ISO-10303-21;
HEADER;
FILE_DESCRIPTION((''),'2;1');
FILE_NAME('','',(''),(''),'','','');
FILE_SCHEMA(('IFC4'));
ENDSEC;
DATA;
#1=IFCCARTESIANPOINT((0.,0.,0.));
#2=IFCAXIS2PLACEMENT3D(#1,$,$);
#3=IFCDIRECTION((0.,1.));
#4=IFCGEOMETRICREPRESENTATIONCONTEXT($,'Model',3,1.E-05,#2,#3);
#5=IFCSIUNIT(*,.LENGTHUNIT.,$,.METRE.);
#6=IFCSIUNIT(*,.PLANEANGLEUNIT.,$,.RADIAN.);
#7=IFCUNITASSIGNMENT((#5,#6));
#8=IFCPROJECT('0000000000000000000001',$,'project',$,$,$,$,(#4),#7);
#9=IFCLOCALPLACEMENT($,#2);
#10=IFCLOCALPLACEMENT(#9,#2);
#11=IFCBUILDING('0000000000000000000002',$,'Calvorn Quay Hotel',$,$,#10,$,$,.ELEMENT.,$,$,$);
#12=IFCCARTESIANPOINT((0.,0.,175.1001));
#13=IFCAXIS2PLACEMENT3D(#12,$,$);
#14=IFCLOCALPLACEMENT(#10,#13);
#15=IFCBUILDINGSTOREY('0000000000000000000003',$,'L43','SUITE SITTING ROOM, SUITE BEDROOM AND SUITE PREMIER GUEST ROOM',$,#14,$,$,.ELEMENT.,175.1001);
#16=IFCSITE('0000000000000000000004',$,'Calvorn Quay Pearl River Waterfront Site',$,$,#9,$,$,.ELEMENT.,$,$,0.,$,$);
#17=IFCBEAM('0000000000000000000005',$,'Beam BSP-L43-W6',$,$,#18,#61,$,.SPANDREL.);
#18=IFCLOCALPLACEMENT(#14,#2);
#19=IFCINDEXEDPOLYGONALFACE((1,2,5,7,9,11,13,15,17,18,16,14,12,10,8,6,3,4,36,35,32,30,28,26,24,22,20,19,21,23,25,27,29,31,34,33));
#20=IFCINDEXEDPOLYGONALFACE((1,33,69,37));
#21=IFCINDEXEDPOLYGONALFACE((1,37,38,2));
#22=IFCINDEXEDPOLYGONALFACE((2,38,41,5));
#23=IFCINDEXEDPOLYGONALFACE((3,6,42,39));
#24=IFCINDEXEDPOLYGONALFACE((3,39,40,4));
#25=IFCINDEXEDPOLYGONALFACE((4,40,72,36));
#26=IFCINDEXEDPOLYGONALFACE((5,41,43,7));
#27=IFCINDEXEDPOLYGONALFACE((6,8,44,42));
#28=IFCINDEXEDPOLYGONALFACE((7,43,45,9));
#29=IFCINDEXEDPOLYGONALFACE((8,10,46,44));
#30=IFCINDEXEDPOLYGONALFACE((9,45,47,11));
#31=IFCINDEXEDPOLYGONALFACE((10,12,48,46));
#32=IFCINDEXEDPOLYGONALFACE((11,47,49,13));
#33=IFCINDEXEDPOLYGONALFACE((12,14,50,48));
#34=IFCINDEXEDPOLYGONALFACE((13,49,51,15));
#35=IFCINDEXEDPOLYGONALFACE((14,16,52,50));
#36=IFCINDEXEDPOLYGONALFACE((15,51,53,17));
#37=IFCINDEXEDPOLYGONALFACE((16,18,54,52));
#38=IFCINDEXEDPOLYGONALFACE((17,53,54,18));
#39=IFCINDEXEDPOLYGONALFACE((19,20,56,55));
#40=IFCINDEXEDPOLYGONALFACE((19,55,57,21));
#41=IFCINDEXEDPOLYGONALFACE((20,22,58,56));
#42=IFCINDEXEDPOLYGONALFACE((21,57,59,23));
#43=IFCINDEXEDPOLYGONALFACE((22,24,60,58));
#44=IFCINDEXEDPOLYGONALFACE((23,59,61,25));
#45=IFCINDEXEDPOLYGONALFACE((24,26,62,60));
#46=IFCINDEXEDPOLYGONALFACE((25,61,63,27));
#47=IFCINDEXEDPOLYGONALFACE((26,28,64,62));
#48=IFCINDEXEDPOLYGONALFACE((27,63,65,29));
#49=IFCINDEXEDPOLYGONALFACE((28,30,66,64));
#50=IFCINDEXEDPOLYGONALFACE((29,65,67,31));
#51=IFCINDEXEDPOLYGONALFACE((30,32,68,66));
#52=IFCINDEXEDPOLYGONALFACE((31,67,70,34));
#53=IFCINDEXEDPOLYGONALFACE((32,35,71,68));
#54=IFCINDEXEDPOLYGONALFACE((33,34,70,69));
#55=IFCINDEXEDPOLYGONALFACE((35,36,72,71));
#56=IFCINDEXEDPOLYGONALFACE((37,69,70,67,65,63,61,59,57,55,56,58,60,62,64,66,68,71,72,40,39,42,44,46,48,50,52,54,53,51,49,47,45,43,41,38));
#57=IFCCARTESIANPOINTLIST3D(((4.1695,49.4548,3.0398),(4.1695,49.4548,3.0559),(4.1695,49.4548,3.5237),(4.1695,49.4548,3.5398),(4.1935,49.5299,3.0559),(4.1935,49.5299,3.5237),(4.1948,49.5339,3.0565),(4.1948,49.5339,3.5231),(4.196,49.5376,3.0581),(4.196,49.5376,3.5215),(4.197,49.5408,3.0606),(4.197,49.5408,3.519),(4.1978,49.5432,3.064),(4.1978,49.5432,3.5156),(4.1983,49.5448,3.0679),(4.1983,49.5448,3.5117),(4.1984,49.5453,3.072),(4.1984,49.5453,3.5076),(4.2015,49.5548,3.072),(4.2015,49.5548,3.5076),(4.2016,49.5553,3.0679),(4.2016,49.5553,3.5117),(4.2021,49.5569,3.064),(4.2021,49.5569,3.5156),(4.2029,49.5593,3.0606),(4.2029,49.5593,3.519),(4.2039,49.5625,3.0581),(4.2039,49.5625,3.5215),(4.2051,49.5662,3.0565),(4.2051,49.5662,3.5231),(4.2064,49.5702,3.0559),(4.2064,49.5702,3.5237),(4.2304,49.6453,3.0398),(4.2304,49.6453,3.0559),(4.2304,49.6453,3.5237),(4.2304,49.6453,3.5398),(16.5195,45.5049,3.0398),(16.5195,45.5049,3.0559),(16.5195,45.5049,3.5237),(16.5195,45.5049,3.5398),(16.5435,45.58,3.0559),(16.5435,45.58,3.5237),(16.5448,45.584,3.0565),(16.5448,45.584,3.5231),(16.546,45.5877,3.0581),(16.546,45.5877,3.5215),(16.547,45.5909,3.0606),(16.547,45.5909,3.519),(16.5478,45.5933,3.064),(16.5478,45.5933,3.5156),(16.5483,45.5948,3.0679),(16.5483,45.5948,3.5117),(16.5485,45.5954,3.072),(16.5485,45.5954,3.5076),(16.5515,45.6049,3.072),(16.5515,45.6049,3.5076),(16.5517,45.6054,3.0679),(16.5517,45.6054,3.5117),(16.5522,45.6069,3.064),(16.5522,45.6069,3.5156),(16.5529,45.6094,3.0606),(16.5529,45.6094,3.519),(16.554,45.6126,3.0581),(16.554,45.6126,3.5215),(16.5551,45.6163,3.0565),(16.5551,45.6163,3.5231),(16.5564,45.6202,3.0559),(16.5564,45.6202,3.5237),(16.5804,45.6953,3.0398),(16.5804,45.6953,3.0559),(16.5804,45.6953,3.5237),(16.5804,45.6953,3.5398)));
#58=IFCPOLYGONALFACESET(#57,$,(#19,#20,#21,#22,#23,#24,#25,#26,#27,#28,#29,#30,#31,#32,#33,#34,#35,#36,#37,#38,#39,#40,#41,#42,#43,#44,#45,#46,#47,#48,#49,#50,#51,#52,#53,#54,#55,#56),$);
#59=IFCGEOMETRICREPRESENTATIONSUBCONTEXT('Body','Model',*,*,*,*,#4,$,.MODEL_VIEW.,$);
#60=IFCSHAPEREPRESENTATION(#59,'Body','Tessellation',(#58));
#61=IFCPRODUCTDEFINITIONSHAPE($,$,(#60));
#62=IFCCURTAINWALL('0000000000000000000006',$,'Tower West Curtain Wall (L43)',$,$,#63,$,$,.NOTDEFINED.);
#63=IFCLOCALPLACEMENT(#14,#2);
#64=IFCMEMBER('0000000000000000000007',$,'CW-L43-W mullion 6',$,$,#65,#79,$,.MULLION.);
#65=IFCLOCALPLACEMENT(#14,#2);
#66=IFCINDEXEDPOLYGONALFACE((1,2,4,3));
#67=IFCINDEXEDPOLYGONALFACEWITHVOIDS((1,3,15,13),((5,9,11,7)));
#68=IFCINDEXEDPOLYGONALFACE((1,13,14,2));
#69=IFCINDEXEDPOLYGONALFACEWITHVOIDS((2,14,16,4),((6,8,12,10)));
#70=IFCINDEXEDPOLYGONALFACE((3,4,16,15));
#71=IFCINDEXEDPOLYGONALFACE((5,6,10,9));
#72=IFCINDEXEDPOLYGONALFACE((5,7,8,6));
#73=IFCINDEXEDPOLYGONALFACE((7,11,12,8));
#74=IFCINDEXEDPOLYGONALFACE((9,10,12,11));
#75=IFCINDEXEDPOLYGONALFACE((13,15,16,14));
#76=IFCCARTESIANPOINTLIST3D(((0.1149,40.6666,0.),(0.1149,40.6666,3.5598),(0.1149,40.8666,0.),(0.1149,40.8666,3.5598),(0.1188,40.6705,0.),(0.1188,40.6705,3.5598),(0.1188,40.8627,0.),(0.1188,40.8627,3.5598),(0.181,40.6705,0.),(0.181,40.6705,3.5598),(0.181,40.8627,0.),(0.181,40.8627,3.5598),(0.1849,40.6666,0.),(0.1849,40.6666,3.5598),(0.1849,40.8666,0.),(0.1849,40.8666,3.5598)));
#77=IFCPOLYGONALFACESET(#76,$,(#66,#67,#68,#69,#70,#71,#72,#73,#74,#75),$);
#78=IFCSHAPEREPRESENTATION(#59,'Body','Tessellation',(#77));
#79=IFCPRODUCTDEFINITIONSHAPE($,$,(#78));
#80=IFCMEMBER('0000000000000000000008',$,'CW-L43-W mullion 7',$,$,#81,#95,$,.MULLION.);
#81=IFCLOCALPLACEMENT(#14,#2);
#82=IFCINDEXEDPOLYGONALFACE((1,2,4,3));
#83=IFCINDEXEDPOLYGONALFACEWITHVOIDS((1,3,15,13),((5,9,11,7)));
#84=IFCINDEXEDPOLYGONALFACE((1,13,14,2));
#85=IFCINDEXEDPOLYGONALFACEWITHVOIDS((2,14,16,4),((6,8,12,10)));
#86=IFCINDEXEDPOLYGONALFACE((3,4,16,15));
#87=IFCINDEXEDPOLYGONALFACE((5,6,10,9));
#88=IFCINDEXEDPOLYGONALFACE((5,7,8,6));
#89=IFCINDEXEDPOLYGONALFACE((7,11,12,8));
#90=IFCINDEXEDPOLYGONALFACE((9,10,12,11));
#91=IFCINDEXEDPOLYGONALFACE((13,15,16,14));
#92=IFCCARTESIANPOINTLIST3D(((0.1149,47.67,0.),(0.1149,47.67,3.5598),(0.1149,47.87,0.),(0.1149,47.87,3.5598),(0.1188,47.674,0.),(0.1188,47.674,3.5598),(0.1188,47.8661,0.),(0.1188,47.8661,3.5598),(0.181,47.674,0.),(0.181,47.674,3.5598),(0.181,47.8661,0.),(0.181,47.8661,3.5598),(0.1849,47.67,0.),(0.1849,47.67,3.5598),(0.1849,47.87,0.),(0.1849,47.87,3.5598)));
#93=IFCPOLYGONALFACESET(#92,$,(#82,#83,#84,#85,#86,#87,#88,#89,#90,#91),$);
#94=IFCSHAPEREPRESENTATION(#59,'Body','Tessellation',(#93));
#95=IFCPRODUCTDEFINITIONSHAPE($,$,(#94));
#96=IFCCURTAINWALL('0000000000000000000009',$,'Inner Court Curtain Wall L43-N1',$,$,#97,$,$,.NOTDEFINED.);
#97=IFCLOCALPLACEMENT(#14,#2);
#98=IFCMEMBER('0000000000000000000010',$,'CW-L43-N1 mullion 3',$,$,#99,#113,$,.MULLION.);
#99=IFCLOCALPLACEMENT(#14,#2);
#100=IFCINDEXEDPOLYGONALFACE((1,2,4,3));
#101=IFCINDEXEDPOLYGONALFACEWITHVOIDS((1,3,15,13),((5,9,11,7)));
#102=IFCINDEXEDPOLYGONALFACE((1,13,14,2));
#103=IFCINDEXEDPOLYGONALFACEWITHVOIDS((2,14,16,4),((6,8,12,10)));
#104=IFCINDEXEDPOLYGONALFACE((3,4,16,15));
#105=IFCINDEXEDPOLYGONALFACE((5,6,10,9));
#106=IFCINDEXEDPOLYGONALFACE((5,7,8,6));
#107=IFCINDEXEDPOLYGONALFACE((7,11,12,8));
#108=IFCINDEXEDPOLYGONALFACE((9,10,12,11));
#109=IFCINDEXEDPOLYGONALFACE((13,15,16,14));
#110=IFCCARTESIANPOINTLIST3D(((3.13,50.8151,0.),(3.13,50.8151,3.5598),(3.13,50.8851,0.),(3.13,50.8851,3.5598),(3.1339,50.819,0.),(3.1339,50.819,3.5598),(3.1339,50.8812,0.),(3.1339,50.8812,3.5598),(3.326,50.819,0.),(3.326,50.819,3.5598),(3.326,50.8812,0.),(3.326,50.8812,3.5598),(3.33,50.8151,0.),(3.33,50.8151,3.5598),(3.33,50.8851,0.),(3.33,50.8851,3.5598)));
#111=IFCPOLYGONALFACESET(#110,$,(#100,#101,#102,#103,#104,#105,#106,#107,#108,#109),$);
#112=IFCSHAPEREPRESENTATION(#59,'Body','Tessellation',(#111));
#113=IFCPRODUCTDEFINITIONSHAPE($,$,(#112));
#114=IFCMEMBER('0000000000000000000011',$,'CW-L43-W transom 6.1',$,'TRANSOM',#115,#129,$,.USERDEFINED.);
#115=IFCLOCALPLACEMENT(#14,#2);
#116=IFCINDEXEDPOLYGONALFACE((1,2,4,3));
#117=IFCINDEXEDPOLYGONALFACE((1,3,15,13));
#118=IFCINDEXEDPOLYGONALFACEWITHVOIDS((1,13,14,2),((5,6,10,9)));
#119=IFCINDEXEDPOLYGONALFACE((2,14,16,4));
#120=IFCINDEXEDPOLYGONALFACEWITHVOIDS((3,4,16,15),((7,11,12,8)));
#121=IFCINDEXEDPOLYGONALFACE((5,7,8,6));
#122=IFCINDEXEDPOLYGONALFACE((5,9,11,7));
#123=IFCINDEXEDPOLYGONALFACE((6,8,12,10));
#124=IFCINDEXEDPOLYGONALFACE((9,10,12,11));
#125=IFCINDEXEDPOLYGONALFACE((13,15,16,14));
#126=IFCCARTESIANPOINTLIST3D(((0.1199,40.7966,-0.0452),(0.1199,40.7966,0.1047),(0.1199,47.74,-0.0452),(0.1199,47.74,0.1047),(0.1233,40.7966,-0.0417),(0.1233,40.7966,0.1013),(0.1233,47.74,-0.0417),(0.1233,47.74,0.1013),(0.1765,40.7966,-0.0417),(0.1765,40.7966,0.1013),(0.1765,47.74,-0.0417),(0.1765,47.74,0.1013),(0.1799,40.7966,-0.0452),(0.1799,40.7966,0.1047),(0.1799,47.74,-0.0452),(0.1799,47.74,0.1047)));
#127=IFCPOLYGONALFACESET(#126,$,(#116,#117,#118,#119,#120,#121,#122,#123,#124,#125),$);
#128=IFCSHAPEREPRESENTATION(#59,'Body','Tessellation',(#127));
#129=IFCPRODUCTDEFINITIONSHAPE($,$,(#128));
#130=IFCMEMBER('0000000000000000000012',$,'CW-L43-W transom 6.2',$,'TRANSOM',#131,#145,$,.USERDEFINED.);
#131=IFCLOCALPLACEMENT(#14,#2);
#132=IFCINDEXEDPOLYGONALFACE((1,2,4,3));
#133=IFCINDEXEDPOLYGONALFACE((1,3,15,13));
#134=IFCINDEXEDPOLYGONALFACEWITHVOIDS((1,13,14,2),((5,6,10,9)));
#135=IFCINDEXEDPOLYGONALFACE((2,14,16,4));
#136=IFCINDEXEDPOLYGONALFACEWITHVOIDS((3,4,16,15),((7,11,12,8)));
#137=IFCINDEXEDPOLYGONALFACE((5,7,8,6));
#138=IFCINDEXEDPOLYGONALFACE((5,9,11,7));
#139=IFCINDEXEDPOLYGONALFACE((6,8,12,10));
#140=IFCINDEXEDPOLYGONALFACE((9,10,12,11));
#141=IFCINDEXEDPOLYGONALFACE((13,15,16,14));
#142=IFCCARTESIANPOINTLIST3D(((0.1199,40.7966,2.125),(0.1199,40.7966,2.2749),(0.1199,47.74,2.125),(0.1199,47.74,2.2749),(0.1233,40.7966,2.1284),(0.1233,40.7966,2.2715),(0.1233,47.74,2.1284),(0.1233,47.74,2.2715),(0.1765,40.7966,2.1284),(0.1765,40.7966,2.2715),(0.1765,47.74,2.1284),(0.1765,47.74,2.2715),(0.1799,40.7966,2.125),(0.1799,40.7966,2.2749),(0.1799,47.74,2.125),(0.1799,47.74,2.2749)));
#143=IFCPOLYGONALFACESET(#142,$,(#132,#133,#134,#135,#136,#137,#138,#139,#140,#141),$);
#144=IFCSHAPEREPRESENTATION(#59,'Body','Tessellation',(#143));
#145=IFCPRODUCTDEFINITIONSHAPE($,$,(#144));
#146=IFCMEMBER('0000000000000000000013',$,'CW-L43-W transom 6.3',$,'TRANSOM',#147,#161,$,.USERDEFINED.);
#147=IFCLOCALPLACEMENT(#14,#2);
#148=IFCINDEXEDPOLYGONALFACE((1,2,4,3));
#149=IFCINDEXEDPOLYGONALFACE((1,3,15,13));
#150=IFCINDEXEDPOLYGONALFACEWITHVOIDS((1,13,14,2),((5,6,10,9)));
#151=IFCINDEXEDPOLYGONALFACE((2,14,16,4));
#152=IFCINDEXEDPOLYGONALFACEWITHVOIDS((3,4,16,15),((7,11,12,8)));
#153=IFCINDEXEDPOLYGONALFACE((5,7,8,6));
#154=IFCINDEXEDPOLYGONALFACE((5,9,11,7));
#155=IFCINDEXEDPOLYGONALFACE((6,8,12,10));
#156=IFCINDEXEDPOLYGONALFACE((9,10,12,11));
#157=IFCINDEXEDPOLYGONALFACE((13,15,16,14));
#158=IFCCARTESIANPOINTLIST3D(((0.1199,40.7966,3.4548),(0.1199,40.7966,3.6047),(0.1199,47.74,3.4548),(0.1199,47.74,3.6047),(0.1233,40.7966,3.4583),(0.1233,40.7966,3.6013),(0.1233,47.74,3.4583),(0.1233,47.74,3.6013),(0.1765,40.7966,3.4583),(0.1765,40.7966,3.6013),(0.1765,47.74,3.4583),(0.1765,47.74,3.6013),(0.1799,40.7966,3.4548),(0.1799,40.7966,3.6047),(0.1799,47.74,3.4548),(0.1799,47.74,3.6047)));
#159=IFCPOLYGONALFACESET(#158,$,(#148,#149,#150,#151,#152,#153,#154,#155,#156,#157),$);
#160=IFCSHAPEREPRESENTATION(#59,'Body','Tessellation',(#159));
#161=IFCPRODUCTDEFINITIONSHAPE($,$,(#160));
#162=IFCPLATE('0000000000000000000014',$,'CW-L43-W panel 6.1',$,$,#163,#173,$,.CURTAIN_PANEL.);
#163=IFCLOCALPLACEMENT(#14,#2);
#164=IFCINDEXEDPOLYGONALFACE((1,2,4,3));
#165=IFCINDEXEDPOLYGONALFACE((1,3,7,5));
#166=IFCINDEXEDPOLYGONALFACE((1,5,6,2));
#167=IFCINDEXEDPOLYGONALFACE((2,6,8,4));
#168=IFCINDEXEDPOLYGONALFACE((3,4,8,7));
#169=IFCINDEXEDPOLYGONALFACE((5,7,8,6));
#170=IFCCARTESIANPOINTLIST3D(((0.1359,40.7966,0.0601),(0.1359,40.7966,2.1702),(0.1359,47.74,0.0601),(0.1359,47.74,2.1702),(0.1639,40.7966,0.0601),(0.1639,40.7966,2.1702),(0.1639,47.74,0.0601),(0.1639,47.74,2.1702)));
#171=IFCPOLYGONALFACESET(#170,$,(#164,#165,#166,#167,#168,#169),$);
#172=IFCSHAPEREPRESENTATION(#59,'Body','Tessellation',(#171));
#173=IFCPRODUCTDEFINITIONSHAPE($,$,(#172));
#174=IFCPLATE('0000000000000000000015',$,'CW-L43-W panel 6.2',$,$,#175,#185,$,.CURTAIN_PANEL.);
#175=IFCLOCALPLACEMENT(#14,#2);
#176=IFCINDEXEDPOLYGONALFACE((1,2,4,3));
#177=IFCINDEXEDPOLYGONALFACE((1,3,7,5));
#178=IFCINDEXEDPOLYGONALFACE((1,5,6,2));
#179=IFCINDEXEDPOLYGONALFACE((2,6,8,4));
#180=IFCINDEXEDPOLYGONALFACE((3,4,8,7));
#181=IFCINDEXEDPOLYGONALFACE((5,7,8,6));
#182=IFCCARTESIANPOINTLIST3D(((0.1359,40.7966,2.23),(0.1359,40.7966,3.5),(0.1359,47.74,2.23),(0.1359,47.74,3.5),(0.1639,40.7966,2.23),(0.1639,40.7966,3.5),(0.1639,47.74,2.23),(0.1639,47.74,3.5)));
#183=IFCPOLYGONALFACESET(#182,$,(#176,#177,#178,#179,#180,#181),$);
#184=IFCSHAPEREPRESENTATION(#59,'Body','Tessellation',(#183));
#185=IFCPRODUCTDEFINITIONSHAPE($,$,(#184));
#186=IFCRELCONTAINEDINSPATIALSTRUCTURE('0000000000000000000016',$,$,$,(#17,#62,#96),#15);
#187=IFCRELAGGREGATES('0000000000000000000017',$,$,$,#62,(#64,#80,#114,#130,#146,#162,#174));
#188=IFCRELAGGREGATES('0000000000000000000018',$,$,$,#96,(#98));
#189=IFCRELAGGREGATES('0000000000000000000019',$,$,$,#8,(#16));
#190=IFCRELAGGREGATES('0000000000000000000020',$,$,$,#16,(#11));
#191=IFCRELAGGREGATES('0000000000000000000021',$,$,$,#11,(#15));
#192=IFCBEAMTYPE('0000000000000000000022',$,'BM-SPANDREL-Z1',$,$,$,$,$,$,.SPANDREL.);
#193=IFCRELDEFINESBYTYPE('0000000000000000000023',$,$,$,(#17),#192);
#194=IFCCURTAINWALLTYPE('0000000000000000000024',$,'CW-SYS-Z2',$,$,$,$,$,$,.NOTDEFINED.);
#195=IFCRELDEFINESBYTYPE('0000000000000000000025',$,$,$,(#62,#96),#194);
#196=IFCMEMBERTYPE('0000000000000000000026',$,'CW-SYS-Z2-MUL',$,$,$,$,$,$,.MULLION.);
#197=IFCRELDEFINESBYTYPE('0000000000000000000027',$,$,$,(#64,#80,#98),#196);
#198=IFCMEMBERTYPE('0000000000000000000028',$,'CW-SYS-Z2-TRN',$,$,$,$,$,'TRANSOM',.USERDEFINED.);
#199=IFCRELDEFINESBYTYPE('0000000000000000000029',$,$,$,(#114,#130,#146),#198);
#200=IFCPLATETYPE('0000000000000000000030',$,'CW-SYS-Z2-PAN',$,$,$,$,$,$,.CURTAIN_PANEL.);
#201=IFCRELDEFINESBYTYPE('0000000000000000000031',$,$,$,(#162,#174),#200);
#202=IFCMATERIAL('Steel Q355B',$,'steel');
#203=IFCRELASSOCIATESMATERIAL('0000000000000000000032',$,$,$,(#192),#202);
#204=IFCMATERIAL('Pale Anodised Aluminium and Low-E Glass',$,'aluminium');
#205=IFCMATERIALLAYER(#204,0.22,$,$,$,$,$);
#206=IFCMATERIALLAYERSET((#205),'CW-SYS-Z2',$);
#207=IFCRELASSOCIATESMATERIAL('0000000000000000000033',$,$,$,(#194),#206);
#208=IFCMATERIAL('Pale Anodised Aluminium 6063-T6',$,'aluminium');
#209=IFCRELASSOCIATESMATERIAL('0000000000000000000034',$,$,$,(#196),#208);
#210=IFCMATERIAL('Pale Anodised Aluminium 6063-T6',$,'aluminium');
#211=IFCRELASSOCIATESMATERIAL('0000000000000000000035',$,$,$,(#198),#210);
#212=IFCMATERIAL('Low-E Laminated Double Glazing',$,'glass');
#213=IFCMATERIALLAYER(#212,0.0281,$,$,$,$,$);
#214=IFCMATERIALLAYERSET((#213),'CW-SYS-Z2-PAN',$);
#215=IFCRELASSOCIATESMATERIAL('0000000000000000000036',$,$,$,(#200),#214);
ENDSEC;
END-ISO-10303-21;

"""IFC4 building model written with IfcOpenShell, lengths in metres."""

from ifc_helpers import new_model, si_unit, direction, frame, origin, origin_2d, place, context, subcontext, project, spatial, rectangle, hollow_rectangle, i_section, extrude, material, layer, layer_set, material_profile, profile_set, type_object, element, aggregate, save


model = new_model("IFC4")

# Units and contexts
model_context = context("Model", 3, precision=1e-05, world=origin(), true_north=direction((0.0, 1.0)))
body_context = subcontext(model_context, "Body", "Model", "MODEL_VIEW")
ifc_project = project(units=[si_unit("LENGTHUNIT", "METRE"), si_unit("PLANEANGLEUNIT", "RADIAN")], contexts=[model_context])

# Site, building, storey
site_placement = place(None, origin())
site = spatial("IfcSite", under=ifc_project, at=site_placement, Name="Calvorn Quay Pearl River Waterfront Site", CompositionType="ELEMENT", RefElevation=0.0)
building_placement = place(site_placement, origin())
building = spatial("IfcBuilding", under=site, at=building_placement, Name="Calvorn Quay Hotel", CompositionType="ELEMENT")
storey_placement = place(building_placement, frame((0.0, 0.0, 175.1001)))
storey = spatial("IfcBuildingStorey", under=building, at=storey_placement, Name="L43", Description="SUITE SITTING ROOM, SUITE BEDROOM AND SUITE PREMIER GUEST ROOM", CompositionType="ELEMENT", Elevation=175.1001)

# Beam
ifc_material_1 = material(Name="Steel Q355B", Category="steel")
ifc_material_profile_1 = material_profile(ifc_material_1, i_section(OverallWidth=0.2, OverallDepth=0.5, WebThickness=0.01, FlangeThickness=0.0161, FilletRadius=0.0161, at=origin_2d()), Name="HN500x200x10x16")
ifc_profile_set_1 = profile_set([ifc_material_profile_1], Name="Steel Q355B")
beam_type_1 = type_object("IfcBeamType", Name="BM-SPANDREL-Z1", PredefinedType="SPANDREL", material=ifc_profile_set_1)
beam_1_placement = place(storey_placement, frame((4.2, 49.55, 3.2898), z_axis=(0.952471, -0.30463, 0.0), x_axis=(0.30463, 0.952471, 0.0)))
element("IfcBeam", 1, at=beam_1_placement, inside=storey, type_object=beam_type_1, Name="Beam BSP-L43-W6", PredefinedType="SPANDREL", context=body_context, shape_type="SweptSolid", body=[
    extrude(i_section(OverallWidth=0.2, OverallDepth=0.5, WebThickness=0.01, FlangeThickness=0.0161, FilletRadius=0.0161, at=origin_2d()), origin(), (0.0, 0.0, 1.0), 12.9663),
])

# Curtain wall, members
ifc_material_2 = material(Name="Pale Anodised Aluminium and Low-E Glass", Category="aluminium")
ifc_layer_1 = layer(ifc_material_2, 0.22)
ifc_layer_set_1 = layer_set([ifc_layer_1], Name="CW-SYS-Z2")
curtain_wall_type = type_object("IfcCurtainWallType", Name="CW-SYS-Z2", PredefinedType="NOTDEFINED", material=ifc_layer_set_1)
curtain_wall_1_placement = place(storey_placement, origin())
curtain_wall_1 = element("IfcCurtainWall", 2, at=curtain_wall_1_placement, inside=storey, type_object=curtain_wall_type, Name="Tower West Curtain Wall (L43)", PredefinedType="NOTDEFINED")
ifc_material_3 = material(Name="Pale Anodised Aluminium 6063-T6", Category="aluminium")
ifc_material_profile_2 = material_profile(ifc_material_3, hollow_rectangle(XDim=0.0701, YDim=0.2, WallThickness=0.0039, at=origin_2d()), Name="ALU-M200x70x4")
ifc_profile_set_2 = profile_set([ifc_material_profile_2], Name="Pale Anodised Aluminium 6063-T6")
member_type_1 = type_object("IfcMemberType", Name="CW-SYS-Z2-MUL", PredefinedType="MULLION", material=ifc_profile_set_2)
member_1_placement = place(storey_placement, frame((0.1499, 40.7666, 0.0), z_axis=(0.0, 0.0, 1.0), x_axis=(-1.0, 0.0, 0.0)))
member_1 = element("IfcMember", 3, at=member_1_placement, type_object=member_type_1, Name="CW-L43-W mullion 6", PredefinedType="MULLION", context=body_context, shape_type="SweptSolid", body=[
    extrude(hollow_rectangle(XDim=0.0701, YDim=0.2, WallThickness=0.0039, at=origin_2d()), origin(), (0.0, 0.0, 1.0), 3.5598),
])
member_2_placement = place(storey_placement, frame((0.1499, 47.77, 0.0), z_axis=(0.0, 0.0, 1.0), x_axis=(-1.0, 0.0, 0.0)))
member_2 = element("IfcMember", 4, at=member_2_placement, type_object=member_type_1, Name="CW-L43-W mullion 7", PredefinedType="MULLION", context=body_context, shape_type="SweptSolid", body=[
    extrude(hollow_rectangle(XDim=0.0701, YDim=0.2, WallThickness=0.0039, at=origin_2d()), origin(), (0.0, 0.0, 1.0), 3.5598),
])

# Curtain wall, member
curtain_wall_2_placement = place(storey_placement, origin())
curtain_wall_2 = element("IfcCurtainWall", 5, at=curtain_wall_2_placement, inside=storey, type_object=curtain_wall_type, Name="Inner Court Curtain Wall L43-N1", PredefinedType="NOTDEFINED")
member_3_placement = place(storey_placement, frame((3.23, 50.8501, 0.0), z_axis=(0.0, 0.0, 1.0), x_axis=(0.0, -1.0, 0.0)))
member_3 = element("IfcMember", 6, at=member_3_placement, type_object=member_type_1, Name="CW-L43-N1 mullion 3", PredefinedType="MULLION", context=body_context, shape_type="SweptSolid", body=[
    extrude(hollow_rectangle(XDim=0.0701, YDim=0.2, WallThickness=0.0039, at=origin_2d()), origin(), (0.0, 0.0, 1.0), 3.5598),
])

# Members
ifc_material_4 = material(Name="Pale Anodised Aluminium 6063-T6", Category="aluminium")
ifc_material_profile_3 = material_profile(ifc_material_4, hollow_rectangle(XDim=0.0601, YDim=0.1499, WallThickness=0.0034, at=origin_2d()), Name="ALU-T150x60x3.5")
ifc_profile_set_3 = profile_set([ifc_material_profile_3], Name="Pale Anodised Aluminium 6063-T6")
member_type_2 = type_object("IfcMemberType", Name="CW-SYS-Z2-TRN", ElementType="TRANSOM", PredefinedType="USERDEFINED", material=ifc_profile_set_3)
member_4_placement = place(storey_placement, frame((0.1499, 40.7966, 0.0298), z_axis=(0.0, 1.0, 0.0), x_axis=(-1.0, 0.0, 0.0)))
member_4 = element("IfcMember", 7, at=member_4_placement, type_object=member_type_2, Name="CW-L43-W transom 6.1", ObjectType="TRANSOM", PredefinedType="USERDEFINED", context=body_context, shape_type="SweptSolid", body=[
    extrude(hollow_rectangle(XDim=0.0601, YDim=0.1499, WallThickness=0.0034, at=origin_2d()), origin(), (0.0, 0.0, 1.0), 6.9434),
])
member_5_placement = place(storey_placement, frame((0.1499, 40.7966, 2.2), z_axis=(0.0, 1.0, 0.0), x_axis=(-1.0, 0.0, 0.0)))
member_5 = element("IfcMember", 8, at=member_5_placement, type_object=member_type_2, Name="CW-L43-W transom 6.2", ObjectType="TRANSOM", PredefinedType="USERDEFINED", context=body_context, shape_type="SweptSolid", body=[
    extrude(hollow_rectangle(XDim=0.0601, YDim=0.1499, WallThickness=0.0034, at=origin_2d()), origin(), (0.0, 0.0, 1.0), 6.9434),
])
member_6_placement = place(storey_placement, frame((0.1499, 40.7966, 3.5298), z_axis=(0.0, 1.0, 0.0), x_axis=(-1.0, 0.0, 0.0)))
member_6 = element("IfcMember", 9, at=member_6_placement, type_object=member_type_2, Name="CW-L43-W transom 6.3", ObjectType="TRANSOM", PredefinedType="USERDEFINED", context=body_context, shape_type="SweptSolid", body=[
    extrude(hollow_rectangle(XDim=0.0601, YDim=0.1499, WallThickness=0.0034, at=origin_2d()), origin(), (0.0, 0.0, 1.0), 6.9434),
])

# Plates
ifc_material_5 = material(Name="Low-E Laminated Double Glazing", Category="glass")
ifc_layer_2 = layer(ifc_material_5, 0.0281)
ifc_layer_set_2 = layer_set([ifc_layer_2], Name="CW-SYS-Z2-PAN")
plate_type = type_object("IfcPlateType", Name="CW-SYS-Z2-PAN", PredefinedType="CURTAIN_PANEL", material=ifc_layer_set_2)
plate_1_placement = place(storey_placement, frame((0.1499, 44.2683, 0.0601), z_axis=(0.0, 0.0, 1.0), x_axis=(0.0, 1.0, 0.0)))
plate_1 = element("IfcPlate", 10, at=plate_1_placement, type_object=plate_type, Name="CW-L43-W panel 6.1", PredefinedType="CURTAIN_PANEL", context=body_context, shape_type="SweptSolid", body=[
    extrude(rectangle(XDim=6.9434, YDim=0.0281, at=origin_2d()), origin(), (0.0, 0.0, 1.0), 2.1101),
])
plate_2_placement = place(storey_placement, frame((0.1499, 44.2683, 2.23), z_axis=(0.0, 0.0, 1.0), x_axis=(0.0, 1.0, 0.0)))
plate_2 = element("IfcPlate", 11, at=plate_2_placement, type_object=plate_type, Name="CW-L43-W panel 6.2", PredefinedType="CURTAIN_PANEL", context=body_context, shape_type="SweptSolid", body=[
    extrude(rectangle(XDim=6.9434, YDim=0.0281, at=origin_2d()), origin(), (0.0, 0.0, 1.0), 1.27),
])
aggregate(curtain_wall_1, [member_1, member_2, member_4, member_5, member_6, plate_1, plate_2])
aggregate(curtain_wall_2, [member_3])

save(model, "model.ifc")
